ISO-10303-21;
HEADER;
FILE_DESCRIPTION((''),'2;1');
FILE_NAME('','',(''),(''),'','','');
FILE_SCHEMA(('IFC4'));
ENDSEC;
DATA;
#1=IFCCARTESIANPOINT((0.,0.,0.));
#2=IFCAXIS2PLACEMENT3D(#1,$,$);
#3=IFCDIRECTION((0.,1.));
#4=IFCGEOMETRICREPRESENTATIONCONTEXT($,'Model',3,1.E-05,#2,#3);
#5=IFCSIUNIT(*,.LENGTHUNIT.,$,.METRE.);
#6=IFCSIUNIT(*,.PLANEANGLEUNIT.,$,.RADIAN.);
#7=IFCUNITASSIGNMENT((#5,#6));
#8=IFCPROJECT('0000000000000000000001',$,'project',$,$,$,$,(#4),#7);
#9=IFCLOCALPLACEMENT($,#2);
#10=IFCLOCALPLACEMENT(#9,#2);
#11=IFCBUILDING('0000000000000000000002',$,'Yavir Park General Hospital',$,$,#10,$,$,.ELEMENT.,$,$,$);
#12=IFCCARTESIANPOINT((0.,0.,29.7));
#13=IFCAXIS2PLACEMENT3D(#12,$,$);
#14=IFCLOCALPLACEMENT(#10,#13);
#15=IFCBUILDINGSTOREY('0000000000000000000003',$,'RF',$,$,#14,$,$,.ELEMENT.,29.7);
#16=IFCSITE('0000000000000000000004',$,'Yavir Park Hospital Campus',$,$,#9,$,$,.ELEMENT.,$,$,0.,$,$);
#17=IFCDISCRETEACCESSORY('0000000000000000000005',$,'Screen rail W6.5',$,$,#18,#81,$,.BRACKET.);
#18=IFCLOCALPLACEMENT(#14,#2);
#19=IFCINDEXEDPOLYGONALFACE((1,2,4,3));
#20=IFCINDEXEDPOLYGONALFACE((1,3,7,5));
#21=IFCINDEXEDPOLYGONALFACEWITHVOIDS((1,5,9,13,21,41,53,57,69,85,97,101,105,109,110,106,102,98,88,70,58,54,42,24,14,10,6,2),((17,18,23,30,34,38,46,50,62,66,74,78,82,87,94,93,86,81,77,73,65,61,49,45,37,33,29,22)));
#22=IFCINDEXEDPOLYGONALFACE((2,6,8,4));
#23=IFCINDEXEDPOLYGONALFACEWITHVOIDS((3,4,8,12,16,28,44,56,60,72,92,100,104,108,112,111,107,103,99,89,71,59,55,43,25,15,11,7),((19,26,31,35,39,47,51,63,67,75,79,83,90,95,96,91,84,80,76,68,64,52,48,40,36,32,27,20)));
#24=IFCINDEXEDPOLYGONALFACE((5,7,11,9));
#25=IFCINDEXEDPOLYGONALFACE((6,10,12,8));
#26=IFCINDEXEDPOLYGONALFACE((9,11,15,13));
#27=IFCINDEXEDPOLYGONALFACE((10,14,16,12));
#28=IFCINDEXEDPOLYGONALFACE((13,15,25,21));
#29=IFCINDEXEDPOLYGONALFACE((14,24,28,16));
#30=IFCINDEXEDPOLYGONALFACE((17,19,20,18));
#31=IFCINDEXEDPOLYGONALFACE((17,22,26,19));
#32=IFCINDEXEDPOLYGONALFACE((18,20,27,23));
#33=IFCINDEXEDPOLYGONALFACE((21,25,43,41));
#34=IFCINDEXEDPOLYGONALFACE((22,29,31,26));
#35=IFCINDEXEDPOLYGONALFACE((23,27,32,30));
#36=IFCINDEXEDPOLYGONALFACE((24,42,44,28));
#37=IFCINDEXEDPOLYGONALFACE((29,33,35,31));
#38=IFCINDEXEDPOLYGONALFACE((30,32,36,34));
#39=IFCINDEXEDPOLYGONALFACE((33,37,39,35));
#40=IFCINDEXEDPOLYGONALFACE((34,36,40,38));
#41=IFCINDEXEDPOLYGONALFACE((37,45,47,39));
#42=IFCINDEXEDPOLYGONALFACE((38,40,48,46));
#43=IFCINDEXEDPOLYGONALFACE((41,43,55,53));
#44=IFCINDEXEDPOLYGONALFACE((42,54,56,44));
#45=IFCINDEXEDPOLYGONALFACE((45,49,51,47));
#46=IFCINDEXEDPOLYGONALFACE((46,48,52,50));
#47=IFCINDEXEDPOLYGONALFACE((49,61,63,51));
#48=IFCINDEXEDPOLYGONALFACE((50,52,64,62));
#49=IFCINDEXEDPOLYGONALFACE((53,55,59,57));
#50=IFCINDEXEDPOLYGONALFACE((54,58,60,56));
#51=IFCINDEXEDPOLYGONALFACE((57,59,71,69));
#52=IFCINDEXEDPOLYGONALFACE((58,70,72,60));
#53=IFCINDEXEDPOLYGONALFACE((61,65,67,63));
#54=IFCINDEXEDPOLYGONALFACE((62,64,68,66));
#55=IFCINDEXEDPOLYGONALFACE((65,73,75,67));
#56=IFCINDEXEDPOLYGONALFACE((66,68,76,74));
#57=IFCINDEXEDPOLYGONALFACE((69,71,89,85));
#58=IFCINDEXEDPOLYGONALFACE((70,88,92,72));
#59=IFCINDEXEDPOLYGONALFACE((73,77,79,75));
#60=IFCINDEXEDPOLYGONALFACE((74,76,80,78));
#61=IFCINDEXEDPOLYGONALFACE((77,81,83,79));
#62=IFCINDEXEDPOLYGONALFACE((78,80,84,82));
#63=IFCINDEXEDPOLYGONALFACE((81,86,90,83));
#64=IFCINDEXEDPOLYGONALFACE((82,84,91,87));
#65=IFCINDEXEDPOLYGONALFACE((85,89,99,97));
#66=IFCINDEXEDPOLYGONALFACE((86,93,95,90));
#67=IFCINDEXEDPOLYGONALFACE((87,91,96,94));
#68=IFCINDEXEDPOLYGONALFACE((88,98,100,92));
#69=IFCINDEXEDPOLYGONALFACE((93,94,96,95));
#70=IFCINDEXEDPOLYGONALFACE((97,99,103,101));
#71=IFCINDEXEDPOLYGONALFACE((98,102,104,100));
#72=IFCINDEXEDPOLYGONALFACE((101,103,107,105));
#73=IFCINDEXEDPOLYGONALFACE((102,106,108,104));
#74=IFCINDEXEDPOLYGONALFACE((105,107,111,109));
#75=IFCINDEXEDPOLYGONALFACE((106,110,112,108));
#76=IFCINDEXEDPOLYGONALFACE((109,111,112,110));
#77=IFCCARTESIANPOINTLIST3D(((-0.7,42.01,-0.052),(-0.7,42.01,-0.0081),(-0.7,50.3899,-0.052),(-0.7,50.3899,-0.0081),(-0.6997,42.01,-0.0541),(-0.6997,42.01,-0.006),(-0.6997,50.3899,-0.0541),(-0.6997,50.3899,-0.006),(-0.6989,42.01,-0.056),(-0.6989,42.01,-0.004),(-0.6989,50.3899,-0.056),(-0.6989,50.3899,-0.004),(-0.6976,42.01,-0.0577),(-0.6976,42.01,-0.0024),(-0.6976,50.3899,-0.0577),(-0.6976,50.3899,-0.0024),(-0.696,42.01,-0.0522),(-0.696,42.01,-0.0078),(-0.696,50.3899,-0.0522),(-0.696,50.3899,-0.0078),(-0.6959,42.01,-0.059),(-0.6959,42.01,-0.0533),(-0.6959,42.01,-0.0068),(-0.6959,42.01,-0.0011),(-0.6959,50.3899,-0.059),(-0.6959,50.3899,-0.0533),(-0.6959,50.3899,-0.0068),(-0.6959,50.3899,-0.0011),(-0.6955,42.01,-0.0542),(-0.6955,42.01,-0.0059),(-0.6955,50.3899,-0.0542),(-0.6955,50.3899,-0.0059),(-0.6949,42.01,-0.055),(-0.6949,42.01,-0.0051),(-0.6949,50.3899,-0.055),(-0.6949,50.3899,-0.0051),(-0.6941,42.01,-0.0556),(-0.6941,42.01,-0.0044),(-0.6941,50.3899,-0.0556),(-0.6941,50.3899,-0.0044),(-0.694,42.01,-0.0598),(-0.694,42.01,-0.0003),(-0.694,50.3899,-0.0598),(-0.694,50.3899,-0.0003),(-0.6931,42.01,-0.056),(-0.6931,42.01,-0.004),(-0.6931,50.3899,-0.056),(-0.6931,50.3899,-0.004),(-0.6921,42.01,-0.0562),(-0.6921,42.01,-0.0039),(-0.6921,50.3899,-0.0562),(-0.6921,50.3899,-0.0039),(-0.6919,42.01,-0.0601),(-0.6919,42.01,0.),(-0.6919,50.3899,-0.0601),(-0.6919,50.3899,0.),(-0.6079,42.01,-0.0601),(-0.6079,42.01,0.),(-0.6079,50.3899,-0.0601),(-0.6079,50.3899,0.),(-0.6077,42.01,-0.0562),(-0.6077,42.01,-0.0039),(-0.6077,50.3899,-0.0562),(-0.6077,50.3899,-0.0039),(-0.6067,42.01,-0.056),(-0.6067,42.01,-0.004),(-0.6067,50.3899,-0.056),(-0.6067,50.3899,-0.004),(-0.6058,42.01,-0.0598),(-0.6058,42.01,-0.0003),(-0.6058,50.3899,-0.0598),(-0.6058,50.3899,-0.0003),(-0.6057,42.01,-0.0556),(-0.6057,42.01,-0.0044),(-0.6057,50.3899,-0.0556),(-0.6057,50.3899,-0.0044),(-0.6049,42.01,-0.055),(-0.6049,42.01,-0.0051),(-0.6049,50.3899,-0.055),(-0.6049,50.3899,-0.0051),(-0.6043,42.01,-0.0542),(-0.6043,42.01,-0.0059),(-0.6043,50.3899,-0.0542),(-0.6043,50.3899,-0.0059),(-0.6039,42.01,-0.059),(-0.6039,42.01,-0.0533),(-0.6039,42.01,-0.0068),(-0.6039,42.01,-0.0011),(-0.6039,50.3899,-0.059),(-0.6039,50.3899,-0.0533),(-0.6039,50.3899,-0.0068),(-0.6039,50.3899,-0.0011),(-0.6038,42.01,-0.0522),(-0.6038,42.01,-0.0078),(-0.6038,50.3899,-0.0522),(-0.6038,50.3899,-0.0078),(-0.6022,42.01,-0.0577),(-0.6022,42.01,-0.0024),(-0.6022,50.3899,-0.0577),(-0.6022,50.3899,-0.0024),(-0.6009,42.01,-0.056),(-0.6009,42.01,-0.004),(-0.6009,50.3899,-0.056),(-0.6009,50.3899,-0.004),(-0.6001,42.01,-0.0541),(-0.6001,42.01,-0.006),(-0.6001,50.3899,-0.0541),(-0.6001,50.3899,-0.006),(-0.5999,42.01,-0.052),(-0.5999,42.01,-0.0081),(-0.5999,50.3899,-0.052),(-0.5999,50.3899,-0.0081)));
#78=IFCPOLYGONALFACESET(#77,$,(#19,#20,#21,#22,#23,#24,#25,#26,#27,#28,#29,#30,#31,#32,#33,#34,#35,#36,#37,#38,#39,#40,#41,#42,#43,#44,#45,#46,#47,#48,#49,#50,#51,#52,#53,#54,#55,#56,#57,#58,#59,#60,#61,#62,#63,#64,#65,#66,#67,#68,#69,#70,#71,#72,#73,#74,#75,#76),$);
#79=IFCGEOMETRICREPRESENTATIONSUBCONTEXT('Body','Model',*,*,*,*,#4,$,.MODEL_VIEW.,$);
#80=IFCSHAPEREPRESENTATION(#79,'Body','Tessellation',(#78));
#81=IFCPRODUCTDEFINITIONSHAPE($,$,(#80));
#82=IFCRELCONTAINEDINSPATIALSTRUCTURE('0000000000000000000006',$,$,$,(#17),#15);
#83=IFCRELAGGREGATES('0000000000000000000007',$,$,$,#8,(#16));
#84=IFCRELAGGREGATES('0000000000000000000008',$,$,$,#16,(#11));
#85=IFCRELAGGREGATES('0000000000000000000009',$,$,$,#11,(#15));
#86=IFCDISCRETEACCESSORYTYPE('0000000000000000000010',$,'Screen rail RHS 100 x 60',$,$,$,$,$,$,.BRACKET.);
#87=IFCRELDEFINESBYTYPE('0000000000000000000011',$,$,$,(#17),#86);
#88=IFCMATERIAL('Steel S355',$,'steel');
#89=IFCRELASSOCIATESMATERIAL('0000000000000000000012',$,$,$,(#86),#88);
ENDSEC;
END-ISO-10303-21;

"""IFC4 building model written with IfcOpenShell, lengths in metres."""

from ifc_helpers import new_model, si_unit, direction, frame, origin, origin_2d, place, context, subcontext, project, spatial, hollow_rectangle, extrude, material, material_profile, profile_set, type_object, element, save


model = new_model("IFC4")

# Units and contexts
model_context = context("Model", 3, precision=1e-05, world=origin(), true_north=direction((0.0, 1.0)))
body_context = subcontext(model_context, "Body", "Model", "MODEL_VIEW")
ifc_project = project(units=[si_unit("LENGTHUNIT", "METRE"), si_unit("PLANEANGLEUNIT", "RADIAN")], contexts=[model_context])

# Site, building, storey
site_placement = place(None, origin())
site = spatial("IfcSite", under=ifc_project, at=site_placement, Name="Yavir Park Hospital Campus", CompositionType="ELEMENT", RefElevation=0.0)
building_placement = place(site_placement, origin())
building = spatial("IfcBuilding", under=site, at=building_placement, Name="Yavir Park General Hospital", CompositionType="ELEMENT")
storey_placement = place(building_placement, frame((0.0, 0.0, 29.7)))
storey = spatial("IfcBuildingStorey", under=building, at=storey_placement, Name="RF", CompositionType="ELEMENT", Elevation=29.7)

# Discrete accessory
ifc_material_1 = material(Name="Steel S355", Category="steel")
ifc_material_profile_1 = material_profile(ifc_material_1, hollow_rectangle(XDim=0.1001, YDim=0.0601, WallThickness=0.0039, InnerFilletRadius=0.0039, OuterFilletRadius=0.0081, at=origin_2d()), Name="RHS60x100x4")
ifc_profile_set_1 = profile_set([ifc_material_profile_1], Name="Steel S355")
discrete_accessory_type_1 = type_object("IfcDiscreteAccessoryType", Name="Screen rail RHS 100 x 60", PredefinedType="BRACKET", material=ifc_profile_set_1)
for number, where, z_axis, x_axis, name in (
    (1, (-0.6499, 42.01, -0.03), (0.0, 1.0, 0.0), (-1.0, 0.0, 0.0), "Screen rail W6.5"),
):
    element("IfcDiscreteAccessory", number, at=place(storey_placement, frame(where, z_axis=z_axis, x_axis=x_axis)), inside=storey, type_object=discrete_accessory_type_1, Name=name, PredefinedType="BRACKET", context=body_context, shape_type="SweptSolid", body=[
        extrude(hollow_rectangle(XDim=0.1001, YDim=0.0601, WallThickness=0.0039, InnerFilletRadius=0.0039, OuterFilletRadius=0.0081, at=origin_2d()), origin(), (0.0, 0.0, 1.0), 8.3799),
    ])

save(model, "model.ifc")
